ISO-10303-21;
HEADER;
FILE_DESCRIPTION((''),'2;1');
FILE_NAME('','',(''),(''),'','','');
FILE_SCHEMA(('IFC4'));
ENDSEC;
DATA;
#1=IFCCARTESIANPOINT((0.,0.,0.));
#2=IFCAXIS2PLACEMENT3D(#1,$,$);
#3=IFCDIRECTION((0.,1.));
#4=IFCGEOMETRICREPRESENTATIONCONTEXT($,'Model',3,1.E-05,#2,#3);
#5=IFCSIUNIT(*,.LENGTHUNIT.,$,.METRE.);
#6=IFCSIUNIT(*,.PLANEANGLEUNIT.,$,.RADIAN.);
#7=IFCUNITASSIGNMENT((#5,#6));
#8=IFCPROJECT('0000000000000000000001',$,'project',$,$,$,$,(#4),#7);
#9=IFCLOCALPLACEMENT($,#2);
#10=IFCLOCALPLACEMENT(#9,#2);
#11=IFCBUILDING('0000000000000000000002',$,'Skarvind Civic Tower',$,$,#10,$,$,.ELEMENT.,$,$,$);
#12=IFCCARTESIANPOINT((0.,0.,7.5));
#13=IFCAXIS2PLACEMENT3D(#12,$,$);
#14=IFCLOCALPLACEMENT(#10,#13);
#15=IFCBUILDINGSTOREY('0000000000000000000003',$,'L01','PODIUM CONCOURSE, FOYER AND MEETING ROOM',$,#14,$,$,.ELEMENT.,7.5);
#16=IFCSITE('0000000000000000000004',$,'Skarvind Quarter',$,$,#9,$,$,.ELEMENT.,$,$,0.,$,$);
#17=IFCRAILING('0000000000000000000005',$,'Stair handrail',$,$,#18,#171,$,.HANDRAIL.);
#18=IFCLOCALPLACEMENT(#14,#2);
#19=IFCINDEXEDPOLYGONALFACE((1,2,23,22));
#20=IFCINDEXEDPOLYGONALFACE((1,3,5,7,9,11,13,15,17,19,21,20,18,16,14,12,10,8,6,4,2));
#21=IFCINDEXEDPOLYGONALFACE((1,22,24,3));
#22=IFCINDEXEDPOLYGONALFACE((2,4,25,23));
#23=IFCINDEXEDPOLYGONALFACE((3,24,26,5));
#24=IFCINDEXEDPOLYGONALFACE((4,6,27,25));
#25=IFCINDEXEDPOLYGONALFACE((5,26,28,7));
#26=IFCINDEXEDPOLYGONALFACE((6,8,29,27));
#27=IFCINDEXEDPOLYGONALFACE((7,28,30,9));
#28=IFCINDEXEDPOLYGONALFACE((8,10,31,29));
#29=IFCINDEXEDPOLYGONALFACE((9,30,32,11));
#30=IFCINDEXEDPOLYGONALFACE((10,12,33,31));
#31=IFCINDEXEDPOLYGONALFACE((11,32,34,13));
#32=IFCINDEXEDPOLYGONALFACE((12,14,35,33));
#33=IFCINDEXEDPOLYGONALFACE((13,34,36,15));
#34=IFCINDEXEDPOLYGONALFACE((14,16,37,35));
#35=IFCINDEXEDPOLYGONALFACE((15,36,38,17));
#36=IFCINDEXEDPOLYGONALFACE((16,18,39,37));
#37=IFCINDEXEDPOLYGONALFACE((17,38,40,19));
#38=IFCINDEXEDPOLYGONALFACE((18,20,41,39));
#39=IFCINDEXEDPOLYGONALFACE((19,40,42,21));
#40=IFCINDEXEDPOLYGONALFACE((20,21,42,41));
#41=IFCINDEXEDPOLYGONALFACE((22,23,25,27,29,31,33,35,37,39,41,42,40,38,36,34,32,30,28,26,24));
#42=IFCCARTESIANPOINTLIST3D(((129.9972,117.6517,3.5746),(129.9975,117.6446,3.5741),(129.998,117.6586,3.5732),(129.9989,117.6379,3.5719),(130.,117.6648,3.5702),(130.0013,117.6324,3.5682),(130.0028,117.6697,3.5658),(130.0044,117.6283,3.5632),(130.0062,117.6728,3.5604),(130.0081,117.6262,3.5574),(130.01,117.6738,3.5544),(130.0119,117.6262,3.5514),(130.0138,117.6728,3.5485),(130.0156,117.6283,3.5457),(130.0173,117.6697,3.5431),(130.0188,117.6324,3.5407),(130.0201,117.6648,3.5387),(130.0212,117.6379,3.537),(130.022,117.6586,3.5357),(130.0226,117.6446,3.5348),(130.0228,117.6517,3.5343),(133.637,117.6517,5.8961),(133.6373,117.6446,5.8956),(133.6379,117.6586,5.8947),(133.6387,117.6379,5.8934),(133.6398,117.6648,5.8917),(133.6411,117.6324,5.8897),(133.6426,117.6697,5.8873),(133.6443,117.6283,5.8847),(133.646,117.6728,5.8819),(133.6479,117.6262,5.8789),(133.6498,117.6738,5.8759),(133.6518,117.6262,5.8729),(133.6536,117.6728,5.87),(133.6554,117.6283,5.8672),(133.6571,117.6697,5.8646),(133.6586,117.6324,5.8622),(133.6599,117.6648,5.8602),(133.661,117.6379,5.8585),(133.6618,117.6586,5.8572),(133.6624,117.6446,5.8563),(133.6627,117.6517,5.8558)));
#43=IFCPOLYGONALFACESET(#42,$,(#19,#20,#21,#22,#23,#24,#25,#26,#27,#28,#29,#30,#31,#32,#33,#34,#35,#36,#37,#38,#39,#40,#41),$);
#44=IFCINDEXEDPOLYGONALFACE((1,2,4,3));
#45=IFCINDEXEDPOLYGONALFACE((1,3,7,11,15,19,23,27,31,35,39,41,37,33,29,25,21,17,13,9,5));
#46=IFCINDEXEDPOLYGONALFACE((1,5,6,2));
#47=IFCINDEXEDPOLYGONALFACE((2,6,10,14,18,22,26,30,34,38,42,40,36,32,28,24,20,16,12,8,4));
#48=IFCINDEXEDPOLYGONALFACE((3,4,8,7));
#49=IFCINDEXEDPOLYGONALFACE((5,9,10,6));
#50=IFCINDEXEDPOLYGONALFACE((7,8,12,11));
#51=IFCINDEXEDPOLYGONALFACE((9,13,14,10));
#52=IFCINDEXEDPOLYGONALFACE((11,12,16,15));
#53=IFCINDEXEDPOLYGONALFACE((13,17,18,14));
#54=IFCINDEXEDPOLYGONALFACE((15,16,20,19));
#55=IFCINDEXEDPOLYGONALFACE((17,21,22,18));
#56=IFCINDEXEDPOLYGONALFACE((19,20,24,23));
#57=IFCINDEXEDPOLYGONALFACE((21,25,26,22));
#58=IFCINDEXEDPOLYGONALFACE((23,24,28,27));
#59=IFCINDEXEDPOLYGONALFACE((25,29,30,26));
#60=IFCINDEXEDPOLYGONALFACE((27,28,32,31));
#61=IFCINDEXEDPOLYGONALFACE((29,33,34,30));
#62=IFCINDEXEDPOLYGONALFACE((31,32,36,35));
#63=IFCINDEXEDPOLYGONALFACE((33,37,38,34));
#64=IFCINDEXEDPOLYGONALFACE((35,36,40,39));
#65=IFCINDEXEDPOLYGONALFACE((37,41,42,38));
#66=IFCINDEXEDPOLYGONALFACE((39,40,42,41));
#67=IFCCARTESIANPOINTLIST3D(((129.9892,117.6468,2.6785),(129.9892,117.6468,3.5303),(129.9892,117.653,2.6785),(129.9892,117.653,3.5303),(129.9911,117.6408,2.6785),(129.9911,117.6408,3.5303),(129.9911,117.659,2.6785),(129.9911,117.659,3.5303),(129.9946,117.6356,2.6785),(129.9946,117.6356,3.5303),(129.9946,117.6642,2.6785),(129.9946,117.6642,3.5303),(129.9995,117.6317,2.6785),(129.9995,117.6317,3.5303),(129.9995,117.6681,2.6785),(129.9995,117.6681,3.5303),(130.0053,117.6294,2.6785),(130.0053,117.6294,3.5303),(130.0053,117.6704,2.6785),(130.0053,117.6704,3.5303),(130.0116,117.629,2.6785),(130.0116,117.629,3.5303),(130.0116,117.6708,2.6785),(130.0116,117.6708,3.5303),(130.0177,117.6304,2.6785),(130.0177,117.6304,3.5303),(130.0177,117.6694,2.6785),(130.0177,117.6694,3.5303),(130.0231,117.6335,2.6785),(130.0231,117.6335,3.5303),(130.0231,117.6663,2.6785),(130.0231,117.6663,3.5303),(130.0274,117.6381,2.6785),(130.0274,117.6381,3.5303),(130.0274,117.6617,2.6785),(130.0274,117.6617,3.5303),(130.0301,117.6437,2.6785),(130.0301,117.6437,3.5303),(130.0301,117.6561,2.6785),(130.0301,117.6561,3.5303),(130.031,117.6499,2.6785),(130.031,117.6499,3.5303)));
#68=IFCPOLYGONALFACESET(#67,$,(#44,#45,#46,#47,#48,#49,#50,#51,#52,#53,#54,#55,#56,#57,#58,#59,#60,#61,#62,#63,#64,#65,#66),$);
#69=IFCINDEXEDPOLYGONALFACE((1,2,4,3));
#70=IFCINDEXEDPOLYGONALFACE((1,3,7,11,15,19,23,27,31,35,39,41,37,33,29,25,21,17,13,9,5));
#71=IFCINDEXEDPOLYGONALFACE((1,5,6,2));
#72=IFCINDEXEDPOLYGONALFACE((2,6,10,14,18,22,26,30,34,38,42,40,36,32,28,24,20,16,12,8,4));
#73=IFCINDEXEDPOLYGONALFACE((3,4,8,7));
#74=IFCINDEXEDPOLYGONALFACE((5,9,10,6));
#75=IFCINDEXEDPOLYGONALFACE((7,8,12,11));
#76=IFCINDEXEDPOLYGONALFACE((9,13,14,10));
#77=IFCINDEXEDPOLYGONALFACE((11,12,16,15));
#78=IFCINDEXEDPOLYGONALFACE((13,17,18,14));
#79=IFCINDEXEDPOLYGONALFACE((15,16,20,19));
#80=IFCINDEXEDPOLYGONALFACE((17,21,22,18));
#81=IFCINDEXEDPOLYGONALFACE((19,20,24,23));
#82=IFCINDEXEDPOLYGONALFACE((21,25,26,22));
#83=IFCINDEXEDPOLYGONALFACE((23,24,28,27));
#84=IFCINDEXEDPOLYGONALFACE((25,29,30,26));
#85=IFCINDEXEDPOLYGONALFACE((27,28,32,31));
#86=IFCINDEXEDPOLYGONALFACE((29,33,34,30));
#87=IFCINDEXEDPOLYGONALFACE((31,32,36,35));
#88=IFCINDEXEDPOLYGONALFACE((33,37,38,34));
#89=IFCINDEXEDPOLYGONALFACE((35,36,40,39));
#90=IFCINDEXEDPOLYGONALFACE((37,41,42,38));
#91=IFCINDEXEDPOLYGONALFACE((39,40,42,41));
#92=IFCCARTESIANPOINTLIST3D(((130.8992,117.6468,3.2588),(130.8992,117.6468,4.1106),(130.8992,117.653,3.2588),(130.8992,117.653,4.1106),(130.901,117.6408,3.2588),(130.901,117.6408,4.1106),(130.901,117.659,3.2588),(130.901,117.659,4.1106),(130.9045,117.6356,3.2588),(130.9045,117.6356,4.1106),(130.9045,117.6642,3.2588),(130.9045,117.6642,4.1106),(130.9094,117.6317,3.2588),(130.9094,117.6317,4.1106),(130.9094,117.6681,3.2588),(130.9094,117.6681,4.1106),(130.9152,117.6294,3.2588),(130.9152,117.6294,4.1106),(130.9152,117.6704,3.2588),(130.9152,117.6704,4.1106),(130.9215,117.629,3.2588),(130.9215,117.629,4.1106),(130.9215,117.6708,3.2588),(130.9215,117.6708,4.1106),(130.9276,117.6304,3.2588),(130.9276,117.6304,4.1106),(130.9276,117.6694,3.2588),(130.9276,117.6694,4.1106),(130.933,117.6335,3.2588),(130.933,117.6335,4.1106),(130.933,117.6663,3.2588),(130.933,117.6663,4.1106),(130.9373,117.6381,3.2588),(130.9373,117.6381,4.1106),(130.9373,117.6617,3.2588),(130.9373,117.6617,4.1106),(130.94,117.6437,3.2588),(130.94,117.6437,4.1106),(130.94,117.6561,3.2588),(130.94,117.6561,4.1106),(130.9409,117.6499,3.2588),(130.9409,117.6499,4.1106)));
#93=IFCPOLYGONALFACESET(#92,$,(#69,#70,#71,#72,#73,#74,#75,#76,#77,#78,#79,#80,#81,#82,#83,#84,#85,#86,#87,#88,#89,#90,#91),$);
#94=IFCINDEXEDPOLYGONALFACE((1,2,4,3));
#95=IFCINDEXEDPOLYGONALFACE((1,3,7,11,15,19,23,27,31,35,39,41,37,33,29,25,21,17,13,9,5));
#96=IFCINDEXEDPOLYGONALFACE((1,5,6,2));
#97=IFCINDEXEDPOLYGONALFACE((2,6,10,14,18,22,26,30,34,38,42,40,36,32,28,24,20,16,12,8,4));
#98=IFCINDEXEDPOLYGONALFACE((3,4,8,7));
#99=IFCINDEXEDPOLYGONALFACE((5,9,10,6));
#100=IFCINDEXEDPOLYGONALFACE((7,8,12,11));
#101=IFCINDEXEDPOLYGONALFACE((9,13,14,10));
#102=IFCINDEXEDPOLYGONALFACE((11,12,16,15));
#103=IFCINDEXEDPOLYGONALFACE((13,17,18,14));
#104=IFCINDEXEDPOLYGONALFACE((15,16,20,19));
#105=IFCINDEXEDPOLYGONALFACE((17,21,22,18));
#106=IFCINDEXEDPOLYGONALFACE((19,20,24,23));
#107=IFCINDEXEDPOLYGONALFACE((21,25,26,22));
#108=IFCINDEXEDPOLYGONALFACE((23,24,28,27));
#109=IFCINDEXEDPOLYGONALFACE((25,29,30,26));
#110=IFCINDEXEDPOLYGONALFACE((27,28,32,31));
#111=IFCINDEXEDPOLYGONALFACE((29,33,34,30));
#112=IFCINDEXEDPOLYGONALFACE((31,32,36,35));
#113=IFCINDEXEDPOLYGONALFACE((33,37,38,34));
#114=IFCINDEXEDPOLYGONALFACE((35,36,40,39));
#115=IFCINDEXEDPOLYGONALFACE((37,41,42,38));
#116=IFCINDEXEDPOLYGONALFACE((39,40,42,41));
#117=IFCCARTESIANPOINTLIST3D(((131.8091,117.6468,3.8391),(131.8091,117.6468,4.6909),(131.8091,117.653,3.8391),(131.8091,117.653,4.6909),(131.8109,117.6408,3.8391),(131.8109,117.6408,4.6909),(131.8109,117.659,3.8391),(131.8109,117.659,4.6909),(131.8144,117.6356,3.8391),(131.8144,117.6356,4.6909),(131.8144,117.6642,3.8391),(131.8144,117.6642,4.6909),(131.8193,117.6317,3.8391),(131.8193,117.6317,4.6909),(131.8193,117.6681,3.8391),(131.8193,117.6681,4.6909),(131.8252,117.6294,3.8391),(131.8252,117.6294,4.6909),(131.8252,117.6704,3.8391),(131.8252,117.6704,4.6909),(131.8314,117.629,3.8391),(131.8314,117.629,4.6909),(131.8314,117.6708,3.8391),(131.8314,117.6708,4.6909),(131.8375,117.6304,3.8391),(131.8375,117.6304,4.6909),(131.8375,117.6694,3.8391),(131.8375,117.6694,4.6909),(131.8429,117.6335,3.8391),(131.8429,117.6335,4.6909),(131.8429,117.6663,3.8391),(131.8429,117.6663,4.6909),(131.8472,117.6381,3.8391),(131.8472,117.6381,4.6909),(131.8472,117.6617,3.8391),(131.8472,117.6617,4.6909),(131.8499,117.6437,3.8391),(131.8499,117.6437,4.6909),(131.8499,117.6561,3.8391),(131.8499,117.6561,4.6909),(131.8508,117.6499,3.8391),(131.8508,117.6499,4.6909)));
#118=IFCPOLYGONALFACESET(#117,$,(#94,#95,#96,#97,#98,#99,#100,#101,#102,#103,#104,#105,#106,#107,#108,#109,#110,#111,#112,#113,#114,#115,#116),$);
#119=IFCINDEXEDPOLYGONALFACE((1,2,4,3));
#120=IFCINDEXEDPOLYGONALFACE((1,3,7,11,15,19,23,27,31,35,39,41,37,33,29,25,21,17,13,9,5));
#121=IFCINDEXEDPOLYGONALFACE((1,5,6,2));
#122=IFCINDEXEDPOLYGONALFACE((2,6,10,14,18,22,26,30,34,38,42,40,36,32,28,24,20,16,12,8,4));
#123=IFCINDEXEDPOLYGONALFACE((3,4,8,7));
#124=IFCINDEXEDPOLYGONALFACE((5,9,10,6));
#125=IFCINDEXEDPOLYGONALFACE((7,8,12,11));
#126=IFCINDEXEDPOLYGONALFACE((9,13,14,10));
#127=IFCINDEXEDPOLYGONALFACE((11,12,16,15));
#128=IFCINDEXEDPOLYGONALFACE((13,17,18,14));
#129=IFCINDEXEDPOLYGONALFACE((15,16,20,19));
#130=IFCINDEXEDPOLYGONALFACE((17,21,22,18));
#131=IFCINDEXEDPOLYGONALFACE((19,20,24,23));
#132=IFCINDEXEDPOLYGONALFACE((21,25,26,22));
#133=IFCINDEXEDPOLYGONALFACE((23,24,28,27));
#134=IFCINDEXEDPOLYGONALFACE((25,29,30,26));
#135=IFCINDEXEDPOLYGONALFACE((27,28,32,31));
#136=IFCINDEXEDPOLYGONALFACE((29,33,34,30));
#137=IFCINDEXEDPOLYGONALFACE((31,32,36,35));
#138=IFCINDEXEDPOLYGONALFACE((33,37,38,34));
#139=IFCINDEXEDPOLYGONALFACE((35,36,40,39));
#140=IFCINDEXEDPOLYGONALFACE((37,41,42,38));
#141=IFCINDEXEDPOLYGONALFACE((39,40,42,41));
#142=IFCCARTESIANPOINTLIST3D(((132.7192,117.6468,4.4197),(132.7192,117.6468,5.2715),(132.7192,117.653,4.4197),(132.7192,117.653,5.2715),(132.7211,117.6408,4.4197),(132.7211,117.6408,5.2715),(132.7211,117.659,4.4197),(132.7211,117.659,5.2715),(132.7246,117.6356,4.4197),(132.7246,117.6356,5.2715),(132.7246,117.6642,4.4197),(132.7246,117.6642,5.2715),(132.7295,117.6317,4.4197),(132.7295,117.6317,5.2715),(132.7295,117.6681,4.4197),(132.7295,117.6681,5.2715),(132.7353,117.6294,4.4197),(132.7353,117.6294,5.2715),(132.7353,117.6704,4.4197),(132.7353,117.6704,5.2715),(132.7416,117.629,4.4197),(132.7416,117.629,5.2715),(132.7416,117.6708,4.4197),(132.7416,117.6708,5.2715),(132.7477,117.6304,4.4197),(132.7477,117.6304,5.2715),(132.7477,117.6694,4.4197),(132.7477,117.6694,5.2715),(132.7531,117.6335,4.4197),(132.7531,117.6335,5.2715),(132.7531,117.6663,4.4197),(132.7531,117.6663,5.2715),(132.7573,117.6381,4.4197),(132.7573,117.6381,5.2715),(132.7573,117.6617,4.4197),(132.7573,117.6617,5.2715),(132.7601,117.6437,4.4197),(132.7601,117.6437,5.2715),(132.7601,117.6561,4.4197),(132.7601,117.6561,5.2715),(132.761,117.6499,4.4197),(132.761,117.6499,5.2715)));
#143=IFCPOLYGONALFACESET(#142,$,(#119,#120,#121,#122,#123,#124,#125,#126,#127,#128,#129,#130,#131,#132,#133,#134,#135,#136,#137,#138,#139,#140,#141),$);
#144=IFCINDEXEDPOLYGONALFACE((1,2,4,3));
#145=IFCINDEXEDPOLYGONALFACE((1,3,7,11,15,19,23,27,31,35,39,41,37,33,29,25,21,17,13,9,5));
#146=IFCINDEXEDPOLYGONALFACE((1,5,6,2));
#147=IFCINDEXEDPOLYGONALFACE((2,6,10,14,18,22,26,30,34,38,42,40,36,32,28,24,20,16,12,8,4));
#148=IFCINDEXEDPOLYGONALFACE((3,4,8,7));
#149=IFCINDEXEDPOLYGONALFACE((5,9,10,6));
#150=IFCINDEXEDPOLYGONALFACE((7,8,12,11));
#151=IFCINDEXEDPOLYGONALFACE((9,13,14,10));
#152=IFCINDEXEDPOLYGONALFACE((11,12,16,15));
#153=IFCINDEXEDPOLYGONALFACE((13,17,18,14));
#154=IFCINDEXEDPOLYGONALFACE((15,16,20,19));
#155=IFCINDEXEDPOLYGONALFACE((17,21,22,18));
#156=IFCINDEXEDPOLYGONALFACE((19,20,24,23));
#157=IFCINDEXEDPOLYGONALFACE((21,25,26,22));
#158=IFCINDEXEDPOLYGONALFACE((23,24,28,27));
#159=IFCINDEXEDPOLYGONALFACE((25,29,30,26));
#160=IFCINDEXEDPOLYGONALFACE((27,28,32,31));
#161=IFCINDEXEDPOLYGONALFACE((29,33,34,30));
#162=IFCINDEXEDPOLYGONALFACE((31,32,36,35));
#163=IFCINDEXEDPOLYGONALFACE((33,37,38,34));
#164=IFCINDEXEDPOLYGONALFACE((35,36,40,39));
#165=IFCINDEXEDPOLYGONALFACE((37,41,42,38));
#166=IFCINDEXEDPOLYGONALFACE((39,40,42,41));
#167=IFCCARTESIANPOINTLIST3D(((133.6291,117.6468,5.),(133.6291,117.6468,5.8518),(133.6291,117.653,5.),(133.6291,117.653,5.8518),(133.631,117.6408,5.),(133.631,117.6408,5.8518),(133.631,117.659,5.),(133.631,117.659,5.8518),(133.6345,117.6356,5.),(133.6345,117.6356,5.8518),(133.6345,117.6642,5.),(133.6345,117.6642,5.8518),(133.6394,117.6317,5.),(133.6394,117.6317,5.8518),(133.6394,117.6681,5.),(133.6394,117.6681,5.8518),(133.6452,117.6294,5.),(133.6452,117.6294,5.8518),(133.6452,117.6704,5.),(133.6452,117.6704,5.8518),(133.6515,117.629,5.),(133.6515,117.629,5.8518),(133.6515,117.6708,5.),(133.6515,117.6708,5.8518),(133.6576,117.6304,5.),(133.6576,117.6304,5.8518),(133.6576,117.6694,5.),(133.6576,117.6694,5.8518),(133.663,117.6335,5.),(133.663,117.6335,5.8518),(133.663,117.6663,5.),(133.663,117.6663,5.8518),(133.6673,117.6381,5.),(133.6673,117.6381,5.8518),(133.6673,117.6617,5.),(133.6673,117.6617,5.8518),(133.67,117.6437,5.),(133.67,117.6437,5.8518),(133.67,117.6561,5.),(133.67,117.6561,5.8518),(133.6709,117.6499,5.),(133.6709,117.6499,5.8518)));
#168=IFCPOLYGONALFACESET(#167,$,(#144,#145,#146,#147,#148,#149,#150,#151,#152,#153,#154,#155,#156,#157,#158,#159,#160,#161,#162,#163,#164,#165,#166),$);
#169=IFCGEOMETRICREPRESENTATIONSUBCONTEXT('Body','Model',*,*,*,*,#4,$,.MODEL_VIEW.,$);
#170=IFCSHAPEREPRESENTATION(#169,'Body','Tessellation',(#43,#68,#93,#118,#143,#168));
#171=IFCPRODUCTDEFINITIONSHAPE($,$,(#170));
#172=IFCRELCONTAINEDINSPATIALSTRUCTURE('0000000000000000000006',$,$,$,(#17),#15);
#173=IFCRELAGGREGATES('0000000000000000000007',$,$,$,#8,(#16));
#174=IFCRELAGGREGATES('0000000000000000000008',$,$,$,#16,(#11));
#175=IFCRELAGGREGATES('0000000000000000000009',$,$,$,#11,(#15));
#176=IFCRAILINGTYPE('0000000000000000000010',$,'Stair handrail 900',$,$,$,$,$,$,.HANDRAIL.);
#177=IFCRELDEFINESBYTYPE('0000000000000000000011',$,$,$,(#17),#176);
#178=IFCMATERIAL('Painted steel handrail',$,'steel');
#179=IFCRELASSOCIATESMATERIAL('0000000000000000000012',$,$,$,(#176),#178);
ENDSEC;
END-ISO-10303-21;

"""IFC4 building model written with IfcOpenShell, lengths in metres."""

from ifc_helpers import new_model, si_unit, direction, frame, origin, origin_2d, place, context, subcontext, project, spatial, circle, extrude, material, type_object, element, save


model = new_model("IFC4")

# Units and contexts
model_context = context("Model", 3, precision=1e-05, world=origin(), true_north=direction((0.0, 1.0)))
body_context = subcontext(model_context, "Body", "Model", "MODEL_VIEW")
ifc_project = project(units=[si_unit("LENGTHUNIT", "METRE"), si_unit("PLANEANGLEUNIT", "RADIAN")], contexts=[model_context])

# Site, building, storey
site_placement = place(None, origin())
site = spatial("IfcSite", under=ifc_project, at=site_placement, Name="Skarvind Quarter", CompositionType="ELEMENT", RefElevation=0.0)
building_placement = place(site_placement, origin())
building = spatial("IfcBuilding", under=site, at=building_placement, Name="Skarvind Civic Tower", CompositionType="ELEMENT")
storey_placement = place(building_placement, frame((0.0, 0.0, 7.5)))
storey = spatial("IfcBuildingStorey", under=building, at=storey_placement, Name="L01", Description="PODIUM CONCOURSE, FOYER AND MEETING ROOM", CompositionType="ELEMENT", Elevation=7.5)

# Railing
ifc_material_1 = material(Name="Painted steel handrail", Category="steel")
railing_type = type_object("IfcRailingType", Name="Stair handrail 900", PredefinedType="HANDRAIL", material=ifc_material_1)
railing_1_placement = place(storey_placement, frame((130.01, 117.6499, 2.6785)))
element("IfcRailing", 1, at=railing_1_placement, inside=storey, type_object=railing_type, Name="Stair handrail", PredefinedType="HANDRAIL", context=body_context, shape_type="SweptSolid", body=[
    extrude(circle(Radius=0.0239, at=origin_2d()), frame((0.0, 0.0, 0.876), z_axis=(0.843112, 0.0, 0.537739), x_axis=(0.0, 1.0, 0.0)), (0.0, 0.0, 1.0), 4.3171),
    extrude(circle(Radius=0.021, at=origin_2d()), origin(), (0.0, 0.0, 1.0), 0.8518),
    extrude(circle(Radius=0.021, at=origin_2d()), frame((0.9099, 0.0, 0.5803)), (0.0, 0.0, 1.0), 0.8518),
    extrude(circle(Radius=0.021, at=origin_2d()), frame((1.8198, 0.0, 1.1606)), (0.0, 0.0, 1.0), 0.8518),
    extrude(circle(Radius=0.021, at=origin_2d()), frame((2.73, 0.0, 1.7412)), (0.0, 0.0, 1.0), 0.8518),
    extrude(circle(Radius=0.021, at=origin_2d()), frame((3.6399, 0.0, 2.3215)), (0.0, 0.0, 1.0), 0.8518),
])

save(model, "model.ifc")
